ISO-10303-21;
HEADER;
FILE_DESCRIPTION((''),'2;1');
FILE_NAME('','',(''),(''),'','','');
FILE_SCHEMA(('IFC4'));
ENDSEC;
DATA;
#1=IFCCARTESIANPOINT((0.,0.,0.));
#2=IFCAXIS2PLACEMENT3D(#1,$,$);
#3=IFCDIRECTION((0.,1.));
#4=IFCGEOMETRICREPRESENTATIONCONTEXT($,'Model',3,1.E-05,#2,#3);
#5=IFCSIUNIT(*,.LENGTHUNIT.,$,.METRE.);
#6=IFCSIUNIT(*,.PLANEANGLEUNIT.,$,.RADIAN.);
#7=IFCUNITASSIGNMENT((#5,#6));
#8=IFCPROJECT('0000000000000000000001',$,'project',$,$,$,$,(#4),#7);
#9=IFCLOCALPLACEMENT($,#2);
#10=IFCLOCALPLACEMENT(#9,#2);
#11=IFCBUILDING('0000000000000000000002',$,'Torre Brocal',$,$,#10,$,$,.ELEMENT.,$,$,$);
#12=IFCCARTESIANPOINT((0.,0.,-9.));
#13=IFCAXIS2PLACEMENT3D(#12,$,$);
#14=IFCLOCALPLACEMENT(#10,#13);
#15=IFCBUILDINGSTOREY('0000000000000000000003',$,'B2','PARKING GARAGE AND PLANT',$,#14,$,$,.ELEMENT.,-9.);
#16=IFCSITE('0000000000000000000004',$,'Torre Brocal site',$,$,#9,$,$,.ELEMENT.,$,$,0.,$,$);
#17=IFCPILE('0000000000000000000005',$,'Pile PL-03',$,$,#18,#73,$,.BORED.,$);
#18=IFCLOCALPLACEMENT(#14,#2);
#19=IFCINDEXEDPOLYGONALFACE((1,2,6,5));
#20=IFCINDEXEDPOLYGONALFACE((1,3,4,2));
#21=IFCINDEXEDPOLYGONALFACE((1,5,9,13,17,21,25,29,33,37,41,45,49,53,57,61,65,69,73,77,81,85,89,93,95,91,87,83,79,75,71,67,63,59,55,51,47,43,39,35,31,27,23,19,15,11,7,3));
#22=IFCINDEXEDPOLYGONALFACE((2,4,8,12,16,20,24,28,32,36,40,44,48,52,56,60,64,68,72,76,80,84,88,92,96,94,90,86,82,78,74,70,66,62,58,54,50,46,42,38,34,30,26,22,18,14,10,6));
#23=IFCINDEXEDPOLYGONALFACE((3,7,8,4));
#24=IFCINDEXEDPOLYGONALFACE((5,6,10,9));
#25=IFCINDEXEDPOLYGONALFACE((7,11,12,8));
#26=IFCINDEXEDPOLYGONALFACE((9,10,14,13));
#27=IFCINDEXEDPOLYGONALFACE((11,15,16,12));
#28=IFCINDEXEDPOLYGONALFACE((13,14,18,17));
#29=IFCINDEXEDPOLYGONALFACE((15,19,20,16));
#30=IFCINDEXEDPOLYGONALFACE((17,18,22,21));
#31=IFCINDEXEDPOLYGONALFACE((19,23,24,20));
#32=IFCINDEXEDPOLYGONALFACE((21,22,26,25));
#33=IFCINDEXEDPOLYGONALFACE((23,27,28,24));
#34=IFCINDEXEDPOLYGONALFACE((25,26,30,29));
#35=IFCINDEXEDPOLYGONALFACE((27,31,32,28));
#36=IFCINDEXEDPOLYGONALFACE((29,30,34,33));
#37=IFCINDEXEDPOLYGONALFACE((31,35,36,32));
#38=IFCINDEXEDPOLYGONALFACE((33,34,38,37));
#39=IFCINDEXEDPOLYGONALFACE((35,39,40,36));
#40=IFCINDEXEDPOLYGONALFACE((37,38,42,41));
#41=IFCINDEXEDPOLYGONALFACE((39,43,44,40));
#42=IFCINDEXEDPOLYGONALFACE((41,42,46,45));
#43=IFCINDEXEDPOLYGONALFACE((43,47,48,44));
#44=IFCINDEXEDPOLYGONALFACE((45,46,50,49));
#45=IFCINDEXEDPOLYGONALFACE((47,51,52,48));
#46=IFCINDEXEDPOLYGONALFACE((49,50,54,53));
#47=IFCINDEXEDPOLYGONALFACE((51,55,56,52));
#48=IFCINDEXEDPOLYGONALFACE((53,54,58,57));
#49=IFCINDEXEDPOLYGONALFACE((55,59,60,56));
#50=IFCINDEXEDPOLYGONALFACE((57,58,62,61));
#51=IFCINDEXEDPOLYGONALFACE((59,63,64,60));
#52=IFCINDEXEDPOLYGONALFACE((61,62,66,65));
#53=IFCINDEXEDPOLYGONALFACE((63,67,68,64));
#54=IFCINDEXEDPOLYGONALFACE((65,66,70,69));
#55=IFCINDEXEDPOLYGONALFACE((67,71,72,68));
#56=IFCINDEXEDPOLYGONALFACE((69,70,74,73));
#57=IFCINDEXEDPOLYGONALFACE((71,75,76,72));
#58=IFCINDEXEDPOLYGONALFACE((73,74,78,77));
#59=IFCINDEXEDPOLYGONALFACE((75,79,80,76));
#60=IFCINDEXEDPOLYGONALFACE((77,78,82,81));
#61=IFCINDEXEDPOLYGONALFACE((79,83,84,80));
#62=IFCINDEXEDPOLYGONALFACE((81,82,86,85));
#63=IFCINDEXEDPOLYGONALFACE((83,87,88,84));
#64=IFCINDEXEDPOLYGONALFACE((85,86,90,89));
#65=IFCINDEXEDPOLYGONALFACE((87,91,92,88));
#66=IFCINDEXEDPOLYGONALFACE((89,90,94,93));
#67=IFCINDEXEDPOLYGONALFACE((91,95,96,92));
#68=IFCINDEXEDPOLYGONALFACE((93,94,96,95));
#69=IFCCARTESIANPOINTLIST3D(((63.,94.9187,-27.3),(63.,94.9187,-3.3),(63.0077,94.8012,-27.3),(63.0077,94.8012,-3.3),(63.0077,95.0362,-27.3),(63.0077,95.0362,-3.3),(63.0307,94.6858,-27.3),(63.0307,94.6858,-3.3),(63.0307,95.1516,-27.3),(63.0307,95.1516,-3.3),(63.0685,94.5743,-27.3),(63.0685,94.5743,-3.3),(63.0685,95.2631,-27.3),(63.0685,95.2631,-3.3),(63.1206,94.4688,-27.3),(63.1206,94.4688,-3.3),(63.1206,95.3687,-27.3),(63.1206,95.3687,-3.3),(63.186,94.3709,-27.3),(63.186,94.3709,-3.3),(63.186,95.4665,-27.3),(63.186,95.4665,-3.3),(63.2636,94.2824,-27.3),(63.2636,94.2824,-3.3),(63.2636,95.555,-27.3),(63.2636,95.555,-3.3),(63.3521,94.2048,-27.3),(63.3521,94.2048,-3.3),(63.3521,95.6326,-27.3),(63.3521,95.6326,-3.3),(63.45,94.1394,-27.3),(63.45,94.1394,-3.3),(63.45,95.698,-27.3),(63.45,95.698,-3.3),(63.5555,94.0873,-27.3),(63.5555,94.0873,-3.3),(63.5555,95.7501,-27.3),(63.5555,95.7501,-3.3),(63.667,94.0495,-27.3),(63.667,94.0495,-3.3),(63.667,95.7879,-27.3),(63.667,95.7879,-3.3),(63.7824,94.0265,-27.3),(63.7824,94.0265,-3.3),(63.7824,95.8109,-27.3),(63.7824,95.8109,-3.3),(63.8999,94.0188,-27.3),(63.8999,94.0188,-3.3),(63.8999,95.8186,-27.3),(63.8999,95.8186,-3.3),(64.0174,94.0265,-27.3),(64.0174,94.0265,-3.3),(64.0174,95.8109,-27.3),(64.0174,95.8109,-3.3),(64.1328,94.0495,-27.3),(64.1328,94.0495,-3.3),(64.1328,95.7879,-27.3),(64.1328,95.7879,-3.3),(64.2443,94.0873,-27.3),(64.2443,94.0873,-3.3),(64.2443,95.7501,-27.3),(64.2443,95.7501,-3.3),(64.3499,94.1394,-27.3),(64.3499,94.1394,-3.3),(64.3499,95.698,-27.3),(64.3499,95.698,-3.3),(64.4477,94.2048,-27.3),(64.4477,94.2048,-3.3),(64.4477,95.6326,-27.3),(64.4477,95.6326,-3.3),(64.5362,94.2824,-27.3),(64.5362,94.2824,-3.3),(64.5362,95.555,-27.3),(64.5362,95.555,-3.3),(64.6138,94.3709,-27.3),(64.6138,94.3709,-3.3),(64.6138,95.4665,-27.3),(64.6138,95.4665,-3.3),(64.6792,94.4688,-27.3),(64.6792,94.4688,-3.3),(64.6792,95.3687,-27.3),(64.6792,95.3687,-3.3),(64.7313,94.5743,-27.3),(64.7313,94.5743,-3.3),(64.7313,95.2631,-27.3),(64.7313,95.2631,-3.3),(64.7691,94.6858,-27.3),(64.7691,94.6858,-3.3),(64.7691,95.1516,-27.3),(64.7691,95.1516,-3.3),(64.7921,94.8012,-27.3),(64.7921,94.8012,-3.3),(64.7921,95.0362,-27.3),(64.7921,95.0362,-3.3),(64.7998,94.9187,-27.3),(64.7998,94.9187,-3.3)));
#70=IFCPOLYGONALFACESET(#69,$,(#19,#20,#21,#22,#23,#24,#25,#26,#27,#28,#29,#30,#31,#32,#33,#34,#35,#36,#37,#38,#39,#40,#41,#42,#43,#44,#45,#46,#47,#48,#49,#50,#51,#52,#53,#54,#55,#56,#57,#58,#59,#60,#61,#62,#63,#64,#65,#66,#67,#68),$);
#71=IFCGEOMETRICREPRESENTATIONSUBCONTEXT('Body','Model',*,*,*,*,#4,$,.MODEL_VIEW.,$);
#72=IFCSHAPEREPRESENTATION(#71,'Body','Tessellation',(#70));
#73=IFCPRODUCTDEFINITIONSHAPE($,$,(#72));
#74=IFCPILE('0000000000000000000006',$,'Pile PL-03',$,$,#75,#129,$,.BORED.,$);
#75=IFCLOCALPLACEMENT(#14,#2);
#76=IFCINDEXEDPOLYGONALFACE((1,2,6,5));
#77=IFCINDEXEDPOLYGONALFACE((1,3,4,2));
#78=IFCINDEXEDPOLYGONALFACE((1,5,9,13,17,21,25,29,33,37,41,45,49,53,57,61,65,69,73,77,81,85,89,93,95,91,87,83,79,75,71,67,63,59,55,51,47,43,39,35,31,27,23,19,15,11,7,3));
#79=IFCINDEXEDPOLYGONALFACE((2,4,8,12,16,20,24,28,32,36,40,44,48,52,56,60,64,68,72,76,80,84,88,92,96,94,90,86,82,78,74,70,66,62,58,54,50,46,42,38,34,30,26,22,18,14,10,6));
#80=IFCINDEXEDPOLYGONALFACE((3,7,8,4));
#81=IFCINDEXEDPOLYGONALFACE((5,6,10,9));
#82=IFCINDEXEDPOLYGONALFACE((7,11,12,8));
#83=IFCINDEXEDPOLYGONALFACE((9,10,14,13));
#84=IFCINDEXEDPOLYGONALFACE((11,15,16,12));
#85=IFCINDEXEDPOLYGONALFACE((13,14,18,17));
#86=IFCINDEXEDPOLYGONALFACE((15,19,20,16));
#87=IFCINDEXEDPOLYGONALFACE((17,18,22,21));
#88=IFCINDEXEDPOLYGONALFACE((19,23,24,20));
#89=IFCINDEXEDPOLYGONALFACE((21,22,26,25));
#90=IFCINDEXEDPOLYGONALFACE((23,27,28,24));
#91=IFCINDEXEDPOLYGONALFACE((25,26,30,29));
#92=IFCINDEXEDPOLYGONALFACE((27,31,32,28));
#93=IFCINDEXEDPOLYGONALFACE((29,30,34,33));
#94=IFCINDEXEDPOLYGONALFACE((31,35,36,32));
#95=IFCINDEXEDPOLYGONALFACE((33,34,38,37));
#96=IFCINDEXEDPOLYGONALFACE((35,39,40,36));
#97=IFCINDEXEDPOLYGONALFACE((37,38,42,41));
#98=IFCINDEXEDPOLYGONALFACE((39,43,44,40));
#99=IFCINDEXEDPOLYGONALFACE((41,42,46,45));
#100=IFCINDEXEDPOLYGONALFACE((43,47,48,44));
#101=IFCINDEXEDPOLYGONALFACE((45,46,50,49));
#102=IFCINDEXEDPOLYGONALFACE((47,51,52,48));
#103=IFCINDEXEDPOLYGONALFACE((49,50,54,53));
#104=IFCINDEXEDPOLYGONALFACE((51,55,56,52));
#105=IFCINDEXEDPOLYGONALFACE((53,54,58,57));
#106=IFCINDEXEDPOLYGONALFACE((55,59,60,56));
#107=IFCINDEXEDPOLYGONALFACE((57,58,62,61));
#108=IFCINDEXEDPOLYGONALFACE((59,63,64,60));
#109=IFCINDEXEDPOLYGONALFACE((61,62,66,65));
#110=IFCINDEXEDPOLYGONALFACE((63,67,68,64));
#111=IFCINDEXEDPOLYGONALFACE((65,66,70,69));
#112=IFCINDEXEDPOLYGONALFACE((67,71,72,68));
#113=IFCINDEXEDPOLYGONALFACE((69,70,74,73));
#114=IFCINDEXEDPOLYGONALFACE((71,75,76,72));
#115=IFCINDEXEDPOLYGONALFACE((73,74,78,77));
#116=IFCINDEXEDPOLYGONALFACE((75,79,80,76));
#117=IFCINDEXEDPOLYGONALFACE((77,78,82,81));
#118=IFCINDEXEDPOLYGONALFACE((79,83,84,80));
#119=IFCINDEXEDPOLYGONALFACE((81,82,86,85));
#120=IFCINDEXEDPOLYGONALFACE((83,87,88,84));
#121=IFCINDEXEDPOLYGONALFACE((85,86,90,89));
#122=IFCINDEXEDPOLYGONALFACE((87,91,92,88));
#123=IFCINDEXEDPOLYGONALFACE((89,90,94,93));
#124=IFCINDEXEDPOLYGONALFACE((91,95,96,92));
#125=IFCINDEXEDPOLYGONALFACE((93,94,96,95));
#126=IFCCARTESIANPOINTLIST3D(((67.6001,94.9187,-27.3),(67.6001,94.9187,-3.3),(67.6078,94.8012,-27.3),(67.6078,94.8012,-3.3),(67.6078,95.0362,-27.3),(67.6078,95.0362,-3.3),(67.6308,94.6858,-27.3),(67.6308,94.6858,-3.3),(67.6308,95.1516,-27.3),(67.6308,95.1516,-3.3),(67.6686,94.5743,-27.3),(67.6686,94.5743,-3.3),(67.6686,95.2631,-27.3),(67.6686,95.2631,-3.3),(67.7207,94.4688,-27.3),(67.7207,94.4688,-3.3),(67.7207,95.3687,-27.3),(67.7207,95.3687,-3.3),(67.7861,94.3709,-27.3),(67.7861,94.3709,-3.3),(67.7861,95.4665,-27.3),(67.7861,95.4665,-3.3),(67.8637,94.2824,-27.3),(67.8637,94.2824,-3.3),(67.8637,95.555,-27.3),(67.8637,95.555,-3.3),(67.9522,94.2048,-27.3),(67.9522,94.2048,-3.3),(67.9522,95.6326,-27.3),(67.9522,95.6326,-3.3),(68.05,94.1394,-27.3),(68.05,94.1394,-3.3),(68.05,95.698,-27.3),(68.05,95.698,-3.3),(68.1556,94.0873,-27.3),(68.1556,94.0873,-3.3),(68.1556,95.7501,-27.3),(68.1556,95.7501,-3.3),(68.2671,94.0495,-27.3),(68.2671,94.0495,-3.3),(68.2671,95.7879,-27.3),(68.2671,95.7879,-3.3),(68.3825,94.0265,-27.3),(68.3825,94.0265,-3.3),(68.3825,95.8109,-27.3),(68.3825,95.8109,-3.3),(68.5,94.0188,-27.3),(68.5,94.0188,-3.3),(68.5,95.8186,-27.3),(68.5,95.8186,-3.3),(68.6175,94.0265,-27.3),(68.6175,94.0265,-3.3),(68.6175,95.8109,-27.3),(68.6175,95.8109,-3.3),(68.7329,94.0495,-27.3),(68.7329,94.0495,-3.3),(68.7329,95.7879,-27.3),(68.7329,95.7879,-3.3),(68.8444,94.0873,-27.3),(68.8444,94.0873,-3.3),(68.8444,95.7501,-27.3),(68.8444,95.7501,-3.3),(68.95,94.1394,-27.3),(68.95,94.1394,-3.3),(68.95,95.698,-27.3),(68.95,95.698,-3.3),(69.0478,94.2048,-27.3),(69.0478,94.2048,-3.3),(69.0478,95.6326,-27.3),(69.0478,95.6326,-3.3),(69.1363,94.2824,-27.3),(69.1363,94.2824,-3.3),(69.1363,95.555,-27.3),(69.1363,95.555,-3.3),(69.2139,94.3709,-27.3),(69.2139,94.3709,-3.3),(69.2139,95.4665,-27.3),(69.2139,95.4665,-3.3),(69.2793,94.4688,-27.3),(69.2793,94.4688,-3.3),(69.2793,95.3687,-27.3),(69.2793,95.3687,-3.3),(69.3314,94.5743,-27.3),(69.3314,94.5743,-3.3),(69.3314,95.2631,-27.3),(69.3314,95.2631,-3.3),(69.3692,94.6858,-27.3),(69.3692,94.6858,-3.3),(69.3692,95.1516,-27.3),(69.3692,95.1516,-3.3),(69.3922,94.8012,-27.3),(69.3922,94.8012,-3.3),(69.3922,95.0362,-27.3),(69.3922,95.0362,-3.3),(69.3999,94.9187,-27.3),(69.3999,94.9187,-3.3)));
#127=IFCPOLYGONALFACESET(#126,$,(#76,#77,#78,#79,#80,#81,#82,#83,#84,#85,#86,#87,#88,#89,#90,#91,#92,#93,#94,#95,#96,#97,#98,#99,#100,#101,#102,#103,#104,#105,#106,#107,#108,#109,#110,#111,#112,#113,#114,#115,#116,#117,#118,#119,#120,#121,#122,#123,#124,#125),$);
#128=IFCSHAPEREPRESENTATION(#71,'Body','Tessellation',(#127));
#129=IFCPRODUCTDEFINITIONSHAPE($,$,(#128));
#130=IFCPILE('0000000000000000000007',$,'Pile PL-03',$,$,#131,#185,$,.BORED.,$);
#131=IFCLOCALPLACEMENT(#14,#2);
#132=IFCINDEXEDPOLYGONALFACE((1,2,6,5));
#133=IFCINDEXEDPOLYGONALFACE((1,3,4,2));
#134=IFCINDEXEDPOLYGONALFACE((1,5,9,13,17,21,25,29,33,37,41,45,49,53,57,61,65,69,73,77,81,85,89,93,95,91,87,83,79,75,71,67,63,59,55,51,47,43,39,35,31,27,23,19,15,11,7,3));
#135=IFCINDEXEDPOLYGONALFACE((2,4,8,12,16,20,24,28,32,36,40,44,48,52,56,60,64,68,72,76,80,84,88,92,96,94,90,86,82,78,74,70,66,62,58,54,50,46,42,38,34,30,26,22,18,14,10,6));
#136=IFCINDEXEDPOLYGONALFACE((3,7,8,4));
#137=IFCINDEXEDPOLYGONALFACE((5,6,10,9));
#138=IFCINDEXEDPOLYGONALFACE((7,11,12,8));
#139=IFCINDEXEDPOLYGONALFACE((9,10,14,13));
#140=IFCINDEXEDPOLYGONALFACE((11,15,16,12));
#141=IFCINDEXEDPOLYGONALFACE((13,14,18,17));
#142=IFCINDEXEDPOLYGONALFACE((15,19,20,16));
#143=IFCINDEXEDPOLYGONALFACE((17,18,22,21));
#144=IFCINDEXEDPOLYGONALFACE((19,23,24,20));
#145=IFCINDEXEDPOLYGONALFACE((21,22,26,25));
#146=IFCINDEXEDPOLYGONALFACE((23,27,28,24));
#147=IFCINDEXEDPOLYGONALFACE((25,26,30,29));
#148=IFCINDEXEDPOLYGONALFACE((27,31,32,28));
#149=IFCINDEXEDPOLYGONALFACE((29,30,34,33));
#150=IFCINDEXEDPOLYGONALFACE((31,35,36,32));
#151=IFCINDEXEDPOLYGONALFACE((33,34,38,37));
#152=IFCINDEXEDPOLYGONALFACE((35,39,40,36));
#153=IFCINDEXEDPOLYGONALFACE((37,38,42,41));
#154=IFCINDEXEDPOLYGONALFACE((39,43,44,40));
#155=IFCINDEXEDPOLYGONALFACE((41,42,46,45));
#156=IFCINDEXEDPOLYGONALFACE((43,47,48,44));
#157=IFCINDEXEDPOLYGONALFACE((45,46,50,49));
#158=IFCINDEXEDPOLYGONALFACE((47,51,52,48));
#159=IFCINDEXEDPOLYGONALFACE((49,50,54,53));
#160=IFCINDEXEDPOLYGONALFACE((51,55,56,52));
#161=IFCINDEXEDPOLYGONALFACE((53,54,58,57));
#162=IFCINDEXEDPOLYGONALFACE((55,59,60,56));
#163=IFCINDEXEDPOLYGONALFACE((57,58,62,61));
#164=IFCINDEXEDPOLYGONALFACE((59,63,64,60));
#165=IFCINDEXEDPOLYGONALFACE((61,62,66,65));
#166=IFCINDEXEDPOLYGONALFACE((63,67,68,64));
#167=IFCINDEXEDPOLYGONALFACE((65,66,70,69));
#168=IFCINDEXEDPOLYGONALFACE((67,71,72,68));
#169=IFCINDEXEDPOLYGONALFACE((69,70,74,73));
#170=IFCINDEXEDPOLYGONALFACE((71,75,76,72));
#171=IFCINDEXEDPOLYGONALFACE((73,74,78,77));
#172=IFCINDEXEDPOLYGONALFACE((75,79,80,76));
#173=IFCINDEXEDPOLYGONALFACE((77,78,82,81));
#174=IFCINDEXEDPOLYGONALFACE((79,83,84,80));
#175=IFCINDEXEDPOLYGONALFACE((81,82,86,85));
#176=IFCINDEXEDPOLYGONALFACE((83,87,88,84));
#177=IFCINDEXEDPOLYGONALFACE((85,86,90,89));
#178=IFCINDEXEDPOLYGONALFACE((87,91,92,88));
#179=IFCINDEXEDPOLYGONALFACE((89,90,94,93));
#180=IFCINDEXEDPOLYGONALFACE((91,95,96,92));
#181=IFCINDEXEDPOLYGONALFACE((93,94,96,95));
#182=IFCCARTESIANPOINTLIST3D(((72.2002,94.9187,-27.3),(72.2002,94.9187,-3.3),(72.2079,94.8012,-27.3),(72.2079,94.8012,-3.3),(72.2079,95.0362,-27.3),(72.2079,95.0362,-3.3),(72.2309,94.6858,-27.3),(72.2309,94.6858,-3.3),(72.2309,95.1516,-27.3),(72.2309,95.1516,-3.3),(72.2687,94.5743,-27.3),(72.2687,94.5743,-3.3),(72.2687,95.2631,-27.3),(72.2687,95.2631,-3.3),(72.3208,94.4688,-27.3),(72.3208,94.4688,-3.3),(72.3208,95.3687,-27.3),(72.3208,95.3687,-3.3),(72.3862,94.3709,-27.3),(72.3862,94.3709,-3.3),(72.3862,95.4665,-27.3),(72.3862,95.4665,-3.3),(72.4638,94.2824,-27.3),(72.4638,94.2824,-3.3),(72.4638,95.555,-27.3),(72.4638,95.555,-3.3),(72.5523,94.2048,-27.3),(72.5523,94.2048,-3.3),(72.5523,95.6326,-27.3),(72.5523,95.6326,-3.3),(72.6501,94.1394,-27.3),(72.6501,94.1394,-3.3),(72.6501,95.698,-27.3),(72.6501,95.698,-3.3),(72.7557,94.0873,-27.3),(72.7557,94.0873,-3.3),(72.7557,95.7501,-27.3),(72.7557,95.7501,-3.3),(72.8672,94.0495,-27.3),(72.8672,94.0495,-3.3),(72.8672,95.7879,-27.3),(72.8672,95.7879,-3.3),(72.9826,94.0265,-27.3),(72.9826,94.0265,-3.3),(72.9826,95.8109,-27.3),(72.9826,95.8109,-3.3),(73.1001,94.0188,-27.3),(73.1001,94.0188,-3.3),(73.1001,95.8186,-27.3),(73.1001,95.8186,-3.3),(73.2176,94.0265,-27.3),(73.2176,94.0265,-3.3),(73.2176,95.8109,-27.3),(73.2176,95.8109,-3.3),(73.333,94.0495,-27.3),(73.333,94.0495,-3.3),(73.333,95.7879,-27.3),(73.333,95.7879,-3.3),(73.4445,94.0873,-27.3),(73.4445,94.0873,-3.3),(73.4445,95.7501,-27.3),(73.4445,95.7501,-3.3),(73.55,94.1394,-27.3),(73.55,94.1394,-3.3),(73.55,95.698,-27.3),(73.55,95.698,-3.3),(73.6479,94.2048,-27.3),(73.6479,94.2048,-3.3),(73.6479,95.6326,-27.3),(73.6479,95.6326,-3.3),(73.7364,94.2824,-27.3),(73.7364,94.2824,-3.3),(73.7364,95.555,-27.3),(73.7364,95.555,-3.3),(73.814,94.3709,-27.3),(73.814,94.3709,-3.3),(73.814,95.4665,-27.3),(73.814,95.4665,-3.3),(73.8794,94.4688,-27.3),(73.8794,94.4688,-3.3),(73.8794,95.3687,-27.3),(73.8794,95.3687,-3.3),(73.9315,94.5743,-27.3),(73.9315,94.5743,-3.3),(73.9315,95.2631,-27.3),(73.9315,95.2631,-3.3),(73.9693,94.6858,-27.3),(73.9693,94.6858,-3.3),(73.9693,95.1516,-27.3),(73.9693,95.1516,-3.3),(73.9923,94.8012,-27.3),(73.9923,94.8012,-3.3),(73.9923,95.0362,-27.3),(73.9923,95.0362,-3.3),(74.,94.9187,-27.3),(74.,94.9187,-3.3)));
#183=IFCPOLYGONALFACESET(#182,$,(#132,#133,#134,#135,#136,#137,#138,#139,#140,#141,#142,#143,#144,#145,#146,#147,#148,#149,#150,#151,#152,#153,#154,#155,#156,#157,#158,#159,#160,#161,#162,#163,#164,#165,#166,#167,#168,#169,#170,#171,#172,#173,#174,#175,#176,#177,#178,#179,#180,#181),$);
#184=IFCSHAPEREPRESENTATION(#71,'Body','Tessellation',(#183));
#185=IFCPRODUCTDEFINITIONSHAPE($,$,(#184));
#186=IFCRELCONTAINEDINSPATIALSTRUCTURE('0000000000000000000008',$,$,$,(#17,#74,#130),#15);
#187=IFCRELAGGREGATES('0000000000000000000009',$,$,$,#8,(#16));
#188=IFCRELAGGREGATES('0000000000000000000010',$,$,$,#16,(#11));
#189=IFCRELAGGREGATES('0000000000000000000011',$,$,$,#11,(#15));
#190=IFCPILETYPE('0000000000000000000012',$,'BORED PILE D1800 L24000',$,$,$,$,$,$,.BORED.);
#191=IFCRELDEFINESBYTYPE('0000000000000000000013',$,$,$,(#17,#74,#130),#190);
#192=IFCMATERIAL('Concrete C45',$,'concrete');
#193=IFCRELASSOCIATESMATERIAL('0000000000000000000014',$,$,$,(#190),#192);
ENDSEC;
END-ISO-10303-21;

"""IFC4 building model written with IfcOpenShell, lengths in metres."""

from ifc_helpers import new_model, si_unit, direction, frame, origin, origin_2d, place, context, subcontext, project, spatial, circle, extrude, material, material_profile, profile_set, type_object, element, save


model = new_model("IFC4")

# Units and contexts
model_context = context("Model", 3, precision=1e-05, world=origin(), true_north=direction((0.0, 1.0)))
body_context = subcontext(model_context, "Body", "Model", "MODEL_VIEW")
ifc_project = project(units=[si_unit("LENGTHUNIT", "METRE"), si_unit("PLANEANGLEUNIT", "RADIAN")], contexts=[model_context])

# Site, building, storey
site_placement = place(None, origin())
site = spatial("IfcSite", under=ifc_project, at=site_placement, Name="Torre Brocal site", CompositionType="ELEMENT", RefElevation=0.0)
building_placement = place(site_placement, origin())
building = spatial("IfcBuilding", under=site, at=building_placement, Name="Torre Brocal", CompositionType="ELEMENT")
storey_placement = place(building_placement, frame((0.0, 0.0, -9.0)))
storey = spatial("IfcBuildingStorey", under=building, at=storey_placement, Name="B2", Description="PARKING GARAGE AND PLANT", CompositionType="ELEMENT", Elevation=-9.0)

# Piles
ifc_material_1 = material(Name="Concrete C45", Category="concrete")
ifc_material_profile_1 = material_profile(ifc_material_1, circle(Radius=0.8999, at=origin_2d()), Name="BORED PILE D1800")
ifc_profile_set_1 = profile_set([ifc_material_profile_1], Name="Concrete C45")
pile_type_1 = type_object("IfcPileType", Name="BORED PILE D1800 L24000", PredefinedType="BORED", material=ifc_profile_set_1)
for number, where, z_axis, x_axis, name in (
    (1, (63.8999, 94.9187, -3.3), (0.0, 0.0, -1.0), (1.0, 0.0, 0.0), "Pile PL-03"),
    (2, (68.5, 94.9187, -3.3), (0.0, 0.0, -1.0), (1.0, 0.0, 0.0), "Pile PL-03"),
    (3, (73.1001, 94.9187, -3.3), (0.0, 0.0, -1.0), (1.0, 0.0, 0.0), "Pile PL-03"),
):
    element("IfcPile", number, at=place(storey_placement, frame(where, z_axis=z_axis, x_axis=x_axis)), inside=storey, type_object=pile_type_1, Name=name, PredefinedType="BORED", context=body_context, shape_type="SweptSolid", body=[
        extrude(circle(Radius=0.8999, at=origin_2d()), origin(), (0.0, 0.0, 1.0), 24.0),
    ])

save(model, "model.ifc")
